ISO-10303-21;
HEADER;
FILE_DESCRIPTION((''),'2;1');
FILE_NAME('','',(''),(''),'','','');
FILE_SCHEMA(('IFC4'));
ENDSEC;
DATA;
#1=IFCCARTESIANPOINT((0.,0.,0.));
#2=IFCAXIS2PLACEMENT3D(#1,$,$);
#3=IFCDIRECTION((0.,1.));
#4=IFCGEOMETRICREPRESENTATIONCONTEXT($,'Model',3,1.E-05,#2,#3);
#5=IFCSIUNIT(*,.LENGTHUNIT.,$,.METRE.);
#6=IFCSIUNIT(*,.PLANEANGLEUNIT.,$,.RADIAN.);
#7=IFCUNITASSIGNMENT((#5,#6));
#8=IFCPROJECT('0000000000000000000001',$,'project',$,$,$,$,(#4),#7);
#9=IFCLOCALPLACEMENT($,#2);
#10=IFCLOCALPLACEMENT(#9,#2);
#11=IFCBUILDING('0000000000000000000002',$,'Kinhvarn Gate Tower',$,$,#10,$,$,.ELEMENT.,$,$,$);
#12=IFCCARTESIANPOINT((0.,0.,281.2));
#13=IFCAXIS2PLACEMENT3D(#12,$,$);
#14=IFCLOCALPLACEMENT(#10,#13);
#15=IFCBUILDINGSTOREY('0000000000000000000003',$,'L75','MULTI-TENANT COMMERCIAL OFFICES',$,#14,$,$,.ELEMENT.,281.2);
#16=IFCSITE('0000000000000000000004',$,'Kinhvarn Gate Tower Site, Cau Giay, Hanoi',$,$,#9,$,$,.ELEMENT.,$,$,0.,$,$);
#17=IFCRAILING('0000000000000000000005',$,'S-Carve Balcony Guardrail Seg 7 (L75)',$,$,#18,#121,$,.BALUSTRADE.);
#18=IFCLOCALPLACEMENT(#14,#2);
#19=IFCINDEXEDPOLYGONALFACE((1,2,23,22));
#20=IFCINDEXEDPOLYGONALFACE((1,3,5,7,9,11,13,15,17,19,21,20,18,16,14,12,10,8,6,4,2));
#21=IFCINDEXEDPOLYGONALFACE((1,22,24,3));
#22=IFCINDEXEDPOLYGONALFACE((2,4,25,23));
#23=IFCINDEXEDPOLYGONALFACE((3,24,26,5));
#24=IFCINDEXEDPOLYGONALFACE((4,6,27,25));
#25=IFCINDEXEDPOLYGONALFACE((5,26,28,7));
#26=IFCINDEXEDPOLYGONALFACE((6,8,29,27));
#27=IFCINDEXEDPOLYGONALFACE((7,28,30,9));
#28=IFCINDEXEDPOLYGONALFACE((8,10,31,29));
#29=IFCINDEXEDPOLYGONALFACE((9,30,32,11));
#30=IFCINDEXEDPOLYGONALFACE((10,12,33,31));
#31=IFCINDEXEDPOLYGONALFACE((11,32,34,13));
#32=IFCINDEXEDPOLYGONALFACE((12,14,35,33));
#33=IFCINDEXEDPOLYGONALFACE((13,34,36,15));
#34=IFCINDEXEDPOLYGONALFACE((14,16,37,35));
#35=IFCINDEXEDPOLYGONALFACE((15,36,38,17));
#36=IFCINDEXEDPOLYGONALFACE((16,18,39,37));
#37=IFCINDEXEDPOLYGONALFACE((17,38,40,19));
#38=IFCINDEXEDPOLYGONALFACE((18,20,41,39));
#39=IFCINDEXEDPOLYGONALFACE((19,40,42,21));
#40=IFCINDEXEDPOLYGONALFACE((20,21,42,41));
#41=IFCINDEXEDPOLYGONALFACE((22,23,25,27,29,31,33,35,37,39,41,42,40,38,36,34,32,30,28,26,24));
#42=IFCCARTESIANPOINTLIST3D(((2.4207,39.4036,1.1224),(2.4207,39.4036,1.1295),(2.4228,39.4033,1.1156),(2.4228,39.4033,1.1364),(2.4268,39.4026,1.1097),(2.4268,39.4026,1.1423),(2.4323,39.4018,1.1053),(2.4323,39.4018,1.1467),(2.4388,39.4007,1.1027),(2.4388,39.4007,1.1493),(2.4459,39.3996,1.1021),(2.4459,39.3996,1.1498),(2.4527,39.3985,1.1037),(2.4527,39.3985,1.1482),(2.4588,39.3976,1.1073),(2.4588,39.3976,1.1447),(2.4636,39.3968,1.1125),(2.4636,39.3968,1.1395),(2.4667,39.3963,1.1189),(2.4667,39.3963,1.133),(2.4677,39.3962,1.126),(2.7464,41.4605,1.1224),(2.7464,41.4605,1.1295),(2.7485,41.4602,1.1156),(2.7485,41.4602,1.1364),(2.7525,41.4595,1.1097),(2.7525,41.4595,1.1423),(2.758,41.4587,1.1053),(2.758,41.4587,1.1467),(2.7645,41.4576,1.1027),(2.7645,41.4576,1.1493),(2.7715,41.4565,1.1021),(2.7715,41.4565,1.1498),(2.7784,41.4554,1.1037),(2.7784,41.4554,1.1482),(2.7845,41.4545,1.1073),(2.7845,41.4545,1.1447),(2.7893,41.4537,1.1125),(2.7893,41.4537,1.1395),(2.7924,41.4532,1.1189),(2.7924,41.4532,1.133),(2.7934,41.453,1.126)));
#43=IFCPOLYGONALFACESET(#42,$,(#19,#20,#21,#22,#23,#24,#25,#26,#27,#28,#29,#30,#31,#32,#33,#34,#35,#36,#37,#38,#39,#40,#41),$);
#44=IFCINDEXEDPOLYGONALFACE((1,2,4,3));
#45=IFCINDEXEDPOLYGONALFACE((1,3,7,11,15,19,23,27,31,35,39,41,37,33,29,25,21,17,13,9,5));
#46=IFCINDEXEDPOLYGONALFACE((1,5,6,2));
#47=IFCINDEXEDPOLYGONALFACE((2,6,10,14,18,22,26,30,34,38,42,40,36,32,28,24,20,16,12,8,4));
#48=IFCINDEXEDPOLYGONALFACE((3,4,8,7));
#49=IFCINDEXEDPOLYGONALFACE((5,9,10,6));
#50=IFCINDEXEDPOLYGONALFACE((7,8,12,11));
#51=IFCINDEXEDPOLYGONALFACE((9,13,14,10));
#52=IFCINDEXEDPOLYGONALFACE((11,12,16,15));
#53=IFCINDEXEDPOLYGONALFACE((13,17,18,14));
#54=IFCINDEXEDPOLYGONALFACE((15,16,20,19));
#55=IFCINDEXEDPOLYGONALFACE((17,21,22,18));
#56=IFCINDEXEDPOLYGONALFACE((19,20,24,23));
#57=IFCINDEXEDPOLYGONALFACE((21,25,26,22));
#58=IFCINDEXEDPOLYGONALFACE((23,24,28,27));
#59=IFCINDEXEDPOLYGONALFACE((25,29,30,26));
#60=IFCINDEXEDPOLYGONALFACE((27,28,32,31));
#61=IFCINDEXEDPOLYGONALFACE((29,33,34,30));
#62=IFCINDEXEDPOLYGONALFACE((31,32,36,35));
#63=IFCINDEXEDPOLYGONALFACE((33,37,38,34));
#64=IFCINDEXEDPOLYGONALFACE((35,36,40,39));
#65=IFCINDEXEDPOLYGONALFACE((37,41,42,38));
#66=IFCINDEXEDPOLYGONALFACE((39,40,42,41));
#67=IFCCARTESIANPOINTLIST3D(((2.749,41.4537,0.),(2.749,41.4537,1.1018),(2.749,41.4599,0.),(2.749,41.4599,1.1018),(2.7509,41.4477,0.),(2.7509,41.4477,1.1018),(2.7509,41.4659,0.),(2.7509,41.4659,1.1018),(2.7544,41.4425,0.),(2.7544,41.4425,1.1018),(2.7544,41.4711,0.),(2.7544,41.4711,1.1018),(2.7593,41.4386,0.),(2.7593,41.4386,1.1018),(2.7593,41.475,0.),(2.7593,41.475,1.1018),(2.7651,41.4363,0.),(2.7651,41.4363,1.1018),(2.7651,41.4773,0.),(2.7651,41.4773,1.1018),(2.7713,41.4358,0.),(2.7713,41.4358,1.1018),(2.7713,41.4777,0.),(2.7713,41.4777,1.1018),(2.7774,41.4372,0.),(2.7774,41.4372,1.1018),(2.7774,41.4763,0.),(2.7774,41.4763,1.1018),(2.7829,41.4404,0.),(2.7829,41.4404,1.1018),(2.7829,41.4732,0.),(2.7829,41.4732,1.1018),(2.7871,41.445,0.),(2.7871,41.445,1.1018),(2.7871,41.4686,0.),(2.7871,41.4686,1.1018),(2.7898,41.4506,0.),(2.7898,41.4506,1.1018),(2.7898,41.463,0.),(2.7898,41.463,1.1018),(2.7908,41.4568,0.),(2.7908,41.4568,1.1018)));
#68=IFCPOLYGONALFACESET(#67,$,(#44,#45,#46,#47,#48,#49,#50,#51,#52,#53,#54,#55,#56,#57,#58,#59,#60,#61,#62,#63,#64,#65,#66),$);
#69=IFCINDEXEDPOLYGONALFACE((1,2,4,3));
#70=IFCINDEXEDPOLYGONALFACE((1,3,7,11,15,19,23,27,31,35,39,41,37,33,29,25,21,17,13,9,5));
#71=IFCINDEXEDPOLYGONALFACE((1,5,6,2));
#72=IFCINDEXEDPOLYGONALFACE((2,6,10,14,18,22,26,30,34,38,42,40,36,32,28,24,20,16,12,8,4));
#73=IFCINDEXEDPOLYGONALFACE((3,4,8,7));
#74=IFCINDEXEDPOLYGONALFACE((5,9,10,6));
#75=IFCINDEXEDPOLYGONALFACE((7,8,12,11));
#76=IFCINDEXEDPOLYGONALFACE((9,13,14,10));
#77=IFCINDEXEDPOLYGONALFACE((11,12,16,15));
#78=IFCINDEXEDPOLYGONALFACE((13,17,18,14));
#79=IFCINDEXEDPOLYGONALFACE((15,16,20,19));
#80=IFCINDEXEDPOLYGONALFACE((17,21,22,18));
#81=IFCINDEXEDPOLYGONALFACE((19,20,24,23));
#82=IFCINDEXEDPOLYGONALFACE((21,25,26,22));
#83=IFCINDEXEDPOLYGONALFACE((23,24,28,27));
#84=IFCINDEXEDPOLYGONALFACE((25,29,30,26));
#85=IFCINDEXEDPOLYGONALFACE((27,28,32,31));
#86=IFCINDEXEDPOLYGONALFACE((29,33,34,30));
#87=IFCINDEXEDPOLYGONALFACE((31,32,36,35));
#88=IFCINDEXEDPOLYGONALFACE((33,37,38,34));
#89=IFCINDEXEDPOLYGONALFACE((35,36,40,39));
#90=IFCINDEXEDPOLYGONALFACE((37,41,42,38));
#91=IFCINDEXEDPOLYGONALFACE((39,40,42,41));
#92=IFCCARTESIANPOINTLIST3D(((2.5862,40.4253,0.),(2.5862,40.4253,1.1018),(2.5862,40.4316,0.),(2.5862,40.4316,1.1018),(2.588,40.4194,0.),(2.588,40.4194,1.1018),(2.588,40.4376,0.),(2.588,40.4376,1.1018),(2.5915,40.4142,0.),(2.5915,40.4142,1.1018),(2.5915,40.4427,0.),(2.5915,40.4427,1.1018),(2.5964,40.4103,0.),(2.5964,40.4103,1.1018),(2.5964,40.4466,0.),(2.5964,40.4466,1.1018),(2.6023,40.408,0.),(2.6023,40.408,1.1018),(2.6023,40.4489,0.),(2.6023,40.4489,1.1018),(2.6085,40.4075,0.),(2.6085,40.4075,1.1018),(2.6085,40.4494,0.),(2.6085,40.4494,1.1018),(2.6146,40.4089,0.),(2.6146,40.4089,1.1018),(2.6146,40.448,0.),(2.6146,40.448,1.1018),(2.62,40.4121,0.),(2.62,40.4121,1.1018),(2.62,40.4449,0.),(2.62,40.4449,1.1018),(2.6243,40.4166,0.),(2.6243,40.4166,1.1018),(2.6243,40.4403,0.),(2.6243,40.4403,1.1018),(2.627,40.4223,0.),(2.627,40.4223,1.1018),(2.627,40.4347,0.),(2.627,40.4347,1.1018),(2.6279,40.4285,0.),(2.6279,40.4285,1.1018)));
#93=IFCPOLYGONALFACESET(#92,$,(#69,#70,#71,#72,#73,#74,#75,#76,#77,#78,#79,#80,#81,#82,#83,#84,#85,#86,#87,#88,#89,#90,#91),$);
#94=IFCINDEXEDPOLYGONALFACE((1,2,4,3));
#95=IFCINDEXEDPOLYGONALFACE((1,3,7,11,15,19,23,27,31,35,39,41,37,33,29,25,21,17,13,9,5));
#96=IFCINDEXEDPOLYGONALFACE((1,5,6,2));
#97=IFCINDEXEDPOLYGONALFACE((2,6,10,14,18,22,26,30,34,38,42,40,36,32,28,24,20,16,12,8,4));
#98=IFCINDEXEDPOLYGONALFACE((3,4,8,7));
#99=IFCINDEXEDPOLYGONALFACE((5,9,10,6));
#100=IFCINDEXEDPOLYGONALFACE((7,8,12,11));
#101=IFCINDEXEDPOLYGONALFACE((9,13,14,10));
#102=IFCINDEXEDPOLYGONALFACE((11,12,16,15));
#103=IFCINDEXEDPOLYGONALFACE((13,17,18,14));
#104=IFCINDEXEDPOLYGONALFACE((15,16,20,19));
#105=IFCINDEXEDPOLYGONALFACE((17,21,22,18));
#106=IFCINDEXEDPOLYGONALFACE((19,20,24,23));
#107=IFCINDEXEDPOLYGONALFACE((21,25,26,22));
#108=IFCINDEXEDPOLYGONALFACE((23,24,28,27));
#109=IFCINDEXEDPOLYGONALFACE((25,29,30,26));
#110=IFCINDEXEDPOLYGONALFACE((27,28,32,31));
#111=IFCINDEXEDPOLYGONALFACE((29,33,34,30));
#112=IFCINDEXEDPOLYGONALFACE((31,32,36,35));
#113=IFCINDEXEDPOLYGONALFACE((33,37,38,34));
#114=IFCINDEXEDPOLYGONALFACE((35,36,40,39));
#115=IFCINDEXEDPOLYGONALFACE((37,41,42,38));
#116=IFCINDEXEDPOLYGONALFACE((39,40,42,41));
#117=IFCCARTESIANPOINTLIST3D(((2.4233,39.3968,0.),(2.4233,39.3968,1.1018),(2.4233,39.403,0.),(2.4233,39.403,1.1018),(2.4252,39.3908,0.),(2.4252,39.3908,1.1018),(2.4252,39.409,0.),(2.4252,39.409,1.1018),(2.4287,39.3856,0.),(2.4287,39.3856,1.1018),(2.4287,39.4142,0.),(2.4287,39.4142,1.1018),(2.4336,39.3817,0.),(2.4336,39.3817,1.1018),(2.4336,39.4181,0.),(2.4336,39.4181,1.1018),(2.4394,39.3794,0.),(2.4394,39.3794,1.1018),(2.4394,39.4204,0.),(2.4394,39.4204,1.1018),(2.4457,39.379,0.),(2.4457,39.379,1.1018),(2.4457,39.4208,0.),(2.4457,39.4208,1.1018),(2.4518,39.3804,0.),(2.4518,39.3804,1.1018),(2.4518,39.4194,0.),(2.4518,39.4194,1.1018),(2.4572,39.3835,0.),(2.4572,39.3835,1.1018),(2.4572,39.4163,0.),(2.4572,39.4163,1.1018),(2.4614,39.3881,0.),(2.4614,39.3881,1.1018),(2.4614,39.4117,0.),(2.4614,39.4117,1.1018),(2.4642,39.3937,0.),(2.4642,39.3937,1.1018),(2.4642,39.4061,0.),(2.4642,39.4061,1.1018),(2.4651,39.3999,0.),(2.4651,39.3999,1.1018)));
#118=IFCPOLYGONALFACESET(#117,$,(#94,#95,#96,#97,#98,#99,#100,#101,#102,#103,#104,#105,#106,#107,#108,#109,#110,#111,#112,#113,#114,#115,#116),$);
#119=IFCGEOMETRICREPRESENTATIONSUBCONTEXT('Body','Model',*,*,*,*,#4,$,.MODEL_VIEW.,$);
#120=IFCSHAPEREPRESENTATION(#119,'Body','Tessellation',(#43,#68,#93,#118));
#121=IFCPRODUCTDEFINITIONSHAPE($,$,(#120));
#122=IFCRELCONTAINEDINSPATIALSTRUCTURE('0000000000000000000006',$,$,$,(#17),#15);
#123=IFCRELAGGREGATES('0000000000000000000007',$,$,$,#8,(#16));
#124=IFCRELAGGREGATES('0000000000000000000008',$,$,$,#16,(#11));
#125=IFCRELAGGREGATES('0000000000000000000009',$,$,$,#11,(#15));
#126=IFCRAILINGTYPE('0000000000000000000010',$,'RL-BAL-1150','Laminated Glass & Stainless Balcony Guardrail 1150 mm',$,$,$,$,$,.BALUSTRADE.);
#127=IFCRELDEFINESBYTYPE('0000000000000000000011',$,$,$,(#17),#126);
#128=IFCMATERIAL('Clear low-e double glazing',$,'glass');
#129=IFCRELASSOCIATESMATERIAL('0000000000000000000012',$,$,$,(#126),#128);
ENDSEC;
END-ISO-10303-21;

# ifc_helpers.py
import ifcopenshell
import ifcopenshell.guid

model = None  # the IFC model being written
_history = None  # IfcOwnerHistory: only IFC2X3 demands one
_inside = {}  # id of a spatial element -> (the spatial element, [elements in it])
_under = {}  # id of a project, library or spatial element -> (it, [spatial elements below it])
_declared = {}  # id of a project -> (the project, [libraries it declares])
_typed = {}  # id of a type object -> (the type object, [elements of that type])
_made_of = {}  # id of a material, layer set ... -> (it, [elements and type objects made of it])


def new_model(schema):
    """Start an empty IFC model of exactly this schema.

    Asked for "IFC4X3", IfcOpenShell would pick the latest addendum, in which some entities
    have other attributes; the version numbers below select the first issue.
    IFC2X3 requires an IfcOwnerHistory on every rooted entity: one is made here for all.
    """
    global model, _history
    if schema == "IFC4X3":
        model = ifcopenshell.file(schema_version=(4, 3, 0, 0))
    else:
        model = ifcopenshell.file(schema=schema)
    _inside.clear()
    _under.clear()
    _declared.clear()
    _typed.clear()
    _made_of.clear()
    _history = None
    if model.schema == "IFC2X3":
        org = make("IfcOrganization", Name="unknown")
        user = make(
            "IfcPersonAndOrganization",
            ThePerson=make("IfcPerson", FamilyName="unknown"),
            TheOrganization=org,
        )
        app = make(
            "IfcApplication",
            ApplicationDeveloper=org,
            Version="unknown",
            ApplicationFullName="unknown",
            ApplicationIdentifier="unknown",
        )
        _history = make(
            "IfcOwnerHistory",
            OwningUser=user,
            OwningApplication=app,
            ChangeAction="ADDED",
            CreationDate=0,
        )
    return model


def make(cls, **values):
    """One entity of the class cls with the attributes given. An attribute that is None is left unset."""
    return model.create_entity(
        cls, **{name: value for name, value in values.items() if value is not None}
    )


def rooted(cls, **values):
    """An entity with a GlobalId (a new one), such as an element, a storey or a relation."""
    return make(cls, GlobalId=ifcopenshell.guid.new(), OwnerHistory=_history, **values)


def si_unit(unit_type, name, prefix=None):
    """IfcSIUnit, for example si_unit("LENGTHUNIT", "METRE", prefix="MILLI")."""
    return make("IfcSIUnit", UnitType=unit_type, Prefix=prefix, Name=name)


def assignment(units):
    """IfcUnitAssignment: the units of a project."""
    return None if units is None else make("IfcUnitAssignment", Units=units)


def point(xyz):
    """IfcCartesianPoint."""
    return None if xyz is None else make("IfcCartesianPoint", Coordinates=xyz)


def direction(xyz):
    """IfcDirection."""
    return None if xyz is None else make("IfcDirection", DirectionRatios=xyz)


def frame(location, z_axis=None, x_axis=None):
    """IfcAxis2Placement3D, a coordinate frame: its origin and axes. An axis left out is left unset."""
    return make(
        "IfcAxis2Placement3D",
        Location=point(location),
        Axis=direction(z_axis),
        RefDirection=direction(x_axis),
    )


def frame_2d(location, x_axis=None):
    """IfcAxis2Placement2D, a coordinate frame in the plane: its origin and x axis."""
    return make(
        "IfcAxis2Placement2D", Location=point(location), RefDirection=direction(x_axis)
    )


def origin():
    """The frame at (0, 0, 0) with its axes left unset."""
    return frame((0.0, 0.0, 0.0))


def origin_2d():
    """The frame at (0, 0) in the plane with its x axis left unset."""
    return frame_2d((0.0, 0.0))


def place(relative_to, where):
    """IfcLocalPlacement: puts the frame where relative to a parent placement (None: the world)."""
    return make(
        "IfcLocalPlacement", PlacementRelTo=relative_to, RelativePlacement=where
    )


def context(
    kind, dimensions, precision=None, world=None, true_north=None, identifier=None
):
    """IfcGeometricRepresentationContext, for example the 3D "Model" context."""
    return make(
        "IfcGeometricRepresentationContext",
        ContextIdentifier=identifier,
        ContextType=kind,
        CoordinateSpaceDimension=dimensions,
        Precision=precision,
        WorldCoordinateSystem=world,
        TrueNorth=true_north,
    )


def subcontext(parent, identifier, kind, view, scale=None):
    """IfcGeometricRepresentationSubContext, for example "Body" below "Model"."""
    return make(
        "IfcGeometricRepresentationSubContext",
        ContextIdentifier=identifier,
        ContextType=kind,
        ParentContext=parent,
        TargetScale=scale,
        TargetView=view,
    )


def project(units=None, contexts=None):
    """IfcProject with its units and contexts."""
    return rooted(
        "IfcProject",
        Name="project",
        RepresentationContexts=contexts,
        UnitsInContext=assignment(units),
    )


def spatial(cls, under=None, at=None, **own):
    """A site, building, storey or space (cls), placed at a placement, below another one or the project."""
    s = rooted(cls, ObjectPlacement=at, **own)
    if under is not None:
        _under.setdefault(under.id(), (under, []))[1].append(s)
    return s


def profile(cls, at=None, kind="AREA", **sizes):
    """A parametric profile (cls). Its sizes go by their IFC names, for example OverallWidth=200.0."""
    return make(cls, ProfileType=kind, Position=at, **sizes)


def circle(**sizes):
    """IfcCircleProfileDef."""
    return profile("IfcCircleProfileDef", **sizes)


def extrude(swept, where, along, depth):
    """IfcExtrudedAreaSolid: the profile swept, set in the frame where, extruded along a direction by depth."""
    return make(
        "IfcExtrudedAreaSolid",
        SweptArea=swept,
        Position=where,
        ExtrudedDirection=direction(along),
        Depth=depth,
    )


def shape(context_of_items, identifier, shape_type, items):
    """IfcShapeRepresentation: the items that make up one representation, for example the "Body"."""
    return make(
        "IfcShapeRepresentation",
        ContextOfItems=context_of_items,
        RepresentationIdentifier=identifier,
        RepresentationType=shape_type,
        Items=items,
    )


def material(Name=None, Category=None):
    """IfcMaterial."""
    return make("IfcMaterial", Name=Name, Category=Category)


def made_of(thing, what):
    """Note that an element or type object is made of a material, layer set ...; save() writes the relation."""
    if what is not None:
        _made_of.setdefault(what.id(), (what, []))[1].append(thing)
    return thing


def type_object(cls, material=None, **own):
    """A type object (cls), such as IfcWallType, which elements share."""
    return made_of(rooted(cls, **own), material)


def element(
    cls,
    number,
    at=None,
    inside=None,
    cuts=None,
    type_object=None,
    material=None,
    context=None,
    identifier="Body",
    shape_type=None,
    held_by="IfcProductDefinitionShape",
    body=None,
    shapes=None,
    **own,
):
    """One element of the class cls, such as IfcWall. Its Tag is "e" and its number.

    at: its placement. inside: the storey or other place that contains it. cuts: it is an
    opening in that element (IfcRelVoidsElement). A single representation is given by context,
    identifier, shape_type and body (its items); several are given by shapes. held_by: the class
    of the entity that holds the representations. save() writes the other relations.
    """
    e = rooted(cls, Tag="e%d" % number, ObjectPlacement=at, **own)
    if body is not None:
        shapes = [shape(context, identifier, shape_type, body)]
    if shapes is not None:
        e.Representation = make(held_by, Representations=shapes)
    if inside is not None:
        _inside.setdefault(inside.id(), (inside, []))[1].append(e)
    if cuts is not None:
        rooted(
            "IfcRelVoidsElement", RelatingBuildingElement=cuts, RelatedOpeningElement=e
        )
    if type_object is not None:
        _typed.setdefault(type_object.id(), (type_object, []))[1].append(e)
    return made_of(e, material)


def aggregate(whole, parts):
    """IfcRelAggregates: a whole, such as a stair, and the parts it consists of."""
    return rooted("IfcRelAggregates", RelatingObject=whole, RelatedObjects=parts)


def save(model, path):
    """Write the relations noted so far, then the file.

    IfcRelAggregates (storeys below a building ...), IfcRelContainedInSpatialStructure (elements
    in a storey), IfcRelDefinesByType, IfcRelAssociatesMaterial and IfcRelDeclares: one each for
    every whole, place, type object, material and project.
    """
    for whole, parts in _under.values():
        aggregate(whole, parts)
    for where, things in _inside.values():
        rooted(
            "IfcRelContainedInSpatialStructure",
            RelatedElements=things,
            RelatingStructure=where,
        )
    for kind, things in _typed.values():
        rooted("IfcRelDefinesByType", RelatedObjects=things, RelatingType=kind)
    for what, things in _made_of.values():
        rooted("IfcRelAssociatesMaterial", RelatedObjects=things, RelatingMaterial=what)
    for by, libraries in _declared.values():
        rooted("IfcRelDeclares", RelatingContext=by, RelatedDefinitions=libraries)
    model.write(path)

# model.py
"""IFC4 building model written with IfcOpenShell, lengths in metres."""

from ifc_helpers import new_model, si_unit, direction, frame, origin, origin_2d, place, context, subcontext, project, spatial, circle, extrude, material, type_object, element, save


model = new_model("IFC4")

# Units and contexts
model_context = context("Model", 3, precision=1e-05, world=origin(), true_north=direction((0.0, 1.0)))
body_context = subcontext(model_context, "Body", "Model", "MODEL_VIEW")
ifc_project = project(units=[si_unit("LENGTHUNIT", "METRE"), si_unit("PLANEANGLEUNIT", "RADIAN")], contexts=[model_context])

# Site, building, storey
site_placement = place(None, origin())
site = spatial("IfcSite", under=ifc_project, at=site_placement, Name="Kinhvarn Gate Tower Site, Cau Giay, Hanoi", CompositionType="ELEMENT", RefElevation=0.0)
building_placement = place(site_placement, origin())
building = spatial("IfcBuilding", under=site, at=building_placement, Name="Kinhvarn Gate Tower", CompositionType="ELEMENT")
storey_placement = place(building_placement, frame((0.0, 0.0, 281.2)))
storey = spatial("IfcBuildingStorey", under=building, at=storey_placement, Name="L75", Description="MULTI-TENANT COMMERCIAL OFFICES", CompositionType="ELEMENT", Elevation=281.2)

# Shared definitions
ifc_material_1 = material(Name="Clear low-e double glazing", Category="glass")

# Railing
railing_type = type_object("IfcRailingType", Name="RL-BAL-1150", Description="Laminated Glass & Stainless Balcony Guardrail 1150 mm", PredefinedType="BALUSTRADE", material=ifc_material_1)
railing_1_placement = place(storey_placement, frame((2.7698, 41.4568, 0.0)))
element("IfcRailing", 1, at=railing_1_placement, inside=storey, type_object=railing_type, Name="S-Carve Balcony Guardrail Seg 7 (L75)", PredefinedType="BALUSTRADE", context=body_context, shape_type="SweptSolid", body=[
    extrude(circle(Radius=0.0239, at=origin_2d()), frame((0.0, 0.0, 1.126), z_axis=(-0.15639, -0.987695, 0.0), x_axis=(0.987695, -0.15639, 0.0)), (0.0, 0.0, 1.0), 2.0825),
    extrude(circle(Radius=0.021, at=origin_2d()), origin(), (0.0, 0.0, 1.0), 1.1018),
    extrude(circle(Radius=0.021, at=origin_2d()), frame((-0.1628, -1.0283, 0.0)), (0.0, 0.0, 1.0), 1.1018),
    extrude(circle(Radius=0.021, at=origin_2d()), frame((-0.3257, -2.0569, 0.0)), (0.0, 0.0, 1.0), 1.1018),
])

save(model, "model.ifc")
